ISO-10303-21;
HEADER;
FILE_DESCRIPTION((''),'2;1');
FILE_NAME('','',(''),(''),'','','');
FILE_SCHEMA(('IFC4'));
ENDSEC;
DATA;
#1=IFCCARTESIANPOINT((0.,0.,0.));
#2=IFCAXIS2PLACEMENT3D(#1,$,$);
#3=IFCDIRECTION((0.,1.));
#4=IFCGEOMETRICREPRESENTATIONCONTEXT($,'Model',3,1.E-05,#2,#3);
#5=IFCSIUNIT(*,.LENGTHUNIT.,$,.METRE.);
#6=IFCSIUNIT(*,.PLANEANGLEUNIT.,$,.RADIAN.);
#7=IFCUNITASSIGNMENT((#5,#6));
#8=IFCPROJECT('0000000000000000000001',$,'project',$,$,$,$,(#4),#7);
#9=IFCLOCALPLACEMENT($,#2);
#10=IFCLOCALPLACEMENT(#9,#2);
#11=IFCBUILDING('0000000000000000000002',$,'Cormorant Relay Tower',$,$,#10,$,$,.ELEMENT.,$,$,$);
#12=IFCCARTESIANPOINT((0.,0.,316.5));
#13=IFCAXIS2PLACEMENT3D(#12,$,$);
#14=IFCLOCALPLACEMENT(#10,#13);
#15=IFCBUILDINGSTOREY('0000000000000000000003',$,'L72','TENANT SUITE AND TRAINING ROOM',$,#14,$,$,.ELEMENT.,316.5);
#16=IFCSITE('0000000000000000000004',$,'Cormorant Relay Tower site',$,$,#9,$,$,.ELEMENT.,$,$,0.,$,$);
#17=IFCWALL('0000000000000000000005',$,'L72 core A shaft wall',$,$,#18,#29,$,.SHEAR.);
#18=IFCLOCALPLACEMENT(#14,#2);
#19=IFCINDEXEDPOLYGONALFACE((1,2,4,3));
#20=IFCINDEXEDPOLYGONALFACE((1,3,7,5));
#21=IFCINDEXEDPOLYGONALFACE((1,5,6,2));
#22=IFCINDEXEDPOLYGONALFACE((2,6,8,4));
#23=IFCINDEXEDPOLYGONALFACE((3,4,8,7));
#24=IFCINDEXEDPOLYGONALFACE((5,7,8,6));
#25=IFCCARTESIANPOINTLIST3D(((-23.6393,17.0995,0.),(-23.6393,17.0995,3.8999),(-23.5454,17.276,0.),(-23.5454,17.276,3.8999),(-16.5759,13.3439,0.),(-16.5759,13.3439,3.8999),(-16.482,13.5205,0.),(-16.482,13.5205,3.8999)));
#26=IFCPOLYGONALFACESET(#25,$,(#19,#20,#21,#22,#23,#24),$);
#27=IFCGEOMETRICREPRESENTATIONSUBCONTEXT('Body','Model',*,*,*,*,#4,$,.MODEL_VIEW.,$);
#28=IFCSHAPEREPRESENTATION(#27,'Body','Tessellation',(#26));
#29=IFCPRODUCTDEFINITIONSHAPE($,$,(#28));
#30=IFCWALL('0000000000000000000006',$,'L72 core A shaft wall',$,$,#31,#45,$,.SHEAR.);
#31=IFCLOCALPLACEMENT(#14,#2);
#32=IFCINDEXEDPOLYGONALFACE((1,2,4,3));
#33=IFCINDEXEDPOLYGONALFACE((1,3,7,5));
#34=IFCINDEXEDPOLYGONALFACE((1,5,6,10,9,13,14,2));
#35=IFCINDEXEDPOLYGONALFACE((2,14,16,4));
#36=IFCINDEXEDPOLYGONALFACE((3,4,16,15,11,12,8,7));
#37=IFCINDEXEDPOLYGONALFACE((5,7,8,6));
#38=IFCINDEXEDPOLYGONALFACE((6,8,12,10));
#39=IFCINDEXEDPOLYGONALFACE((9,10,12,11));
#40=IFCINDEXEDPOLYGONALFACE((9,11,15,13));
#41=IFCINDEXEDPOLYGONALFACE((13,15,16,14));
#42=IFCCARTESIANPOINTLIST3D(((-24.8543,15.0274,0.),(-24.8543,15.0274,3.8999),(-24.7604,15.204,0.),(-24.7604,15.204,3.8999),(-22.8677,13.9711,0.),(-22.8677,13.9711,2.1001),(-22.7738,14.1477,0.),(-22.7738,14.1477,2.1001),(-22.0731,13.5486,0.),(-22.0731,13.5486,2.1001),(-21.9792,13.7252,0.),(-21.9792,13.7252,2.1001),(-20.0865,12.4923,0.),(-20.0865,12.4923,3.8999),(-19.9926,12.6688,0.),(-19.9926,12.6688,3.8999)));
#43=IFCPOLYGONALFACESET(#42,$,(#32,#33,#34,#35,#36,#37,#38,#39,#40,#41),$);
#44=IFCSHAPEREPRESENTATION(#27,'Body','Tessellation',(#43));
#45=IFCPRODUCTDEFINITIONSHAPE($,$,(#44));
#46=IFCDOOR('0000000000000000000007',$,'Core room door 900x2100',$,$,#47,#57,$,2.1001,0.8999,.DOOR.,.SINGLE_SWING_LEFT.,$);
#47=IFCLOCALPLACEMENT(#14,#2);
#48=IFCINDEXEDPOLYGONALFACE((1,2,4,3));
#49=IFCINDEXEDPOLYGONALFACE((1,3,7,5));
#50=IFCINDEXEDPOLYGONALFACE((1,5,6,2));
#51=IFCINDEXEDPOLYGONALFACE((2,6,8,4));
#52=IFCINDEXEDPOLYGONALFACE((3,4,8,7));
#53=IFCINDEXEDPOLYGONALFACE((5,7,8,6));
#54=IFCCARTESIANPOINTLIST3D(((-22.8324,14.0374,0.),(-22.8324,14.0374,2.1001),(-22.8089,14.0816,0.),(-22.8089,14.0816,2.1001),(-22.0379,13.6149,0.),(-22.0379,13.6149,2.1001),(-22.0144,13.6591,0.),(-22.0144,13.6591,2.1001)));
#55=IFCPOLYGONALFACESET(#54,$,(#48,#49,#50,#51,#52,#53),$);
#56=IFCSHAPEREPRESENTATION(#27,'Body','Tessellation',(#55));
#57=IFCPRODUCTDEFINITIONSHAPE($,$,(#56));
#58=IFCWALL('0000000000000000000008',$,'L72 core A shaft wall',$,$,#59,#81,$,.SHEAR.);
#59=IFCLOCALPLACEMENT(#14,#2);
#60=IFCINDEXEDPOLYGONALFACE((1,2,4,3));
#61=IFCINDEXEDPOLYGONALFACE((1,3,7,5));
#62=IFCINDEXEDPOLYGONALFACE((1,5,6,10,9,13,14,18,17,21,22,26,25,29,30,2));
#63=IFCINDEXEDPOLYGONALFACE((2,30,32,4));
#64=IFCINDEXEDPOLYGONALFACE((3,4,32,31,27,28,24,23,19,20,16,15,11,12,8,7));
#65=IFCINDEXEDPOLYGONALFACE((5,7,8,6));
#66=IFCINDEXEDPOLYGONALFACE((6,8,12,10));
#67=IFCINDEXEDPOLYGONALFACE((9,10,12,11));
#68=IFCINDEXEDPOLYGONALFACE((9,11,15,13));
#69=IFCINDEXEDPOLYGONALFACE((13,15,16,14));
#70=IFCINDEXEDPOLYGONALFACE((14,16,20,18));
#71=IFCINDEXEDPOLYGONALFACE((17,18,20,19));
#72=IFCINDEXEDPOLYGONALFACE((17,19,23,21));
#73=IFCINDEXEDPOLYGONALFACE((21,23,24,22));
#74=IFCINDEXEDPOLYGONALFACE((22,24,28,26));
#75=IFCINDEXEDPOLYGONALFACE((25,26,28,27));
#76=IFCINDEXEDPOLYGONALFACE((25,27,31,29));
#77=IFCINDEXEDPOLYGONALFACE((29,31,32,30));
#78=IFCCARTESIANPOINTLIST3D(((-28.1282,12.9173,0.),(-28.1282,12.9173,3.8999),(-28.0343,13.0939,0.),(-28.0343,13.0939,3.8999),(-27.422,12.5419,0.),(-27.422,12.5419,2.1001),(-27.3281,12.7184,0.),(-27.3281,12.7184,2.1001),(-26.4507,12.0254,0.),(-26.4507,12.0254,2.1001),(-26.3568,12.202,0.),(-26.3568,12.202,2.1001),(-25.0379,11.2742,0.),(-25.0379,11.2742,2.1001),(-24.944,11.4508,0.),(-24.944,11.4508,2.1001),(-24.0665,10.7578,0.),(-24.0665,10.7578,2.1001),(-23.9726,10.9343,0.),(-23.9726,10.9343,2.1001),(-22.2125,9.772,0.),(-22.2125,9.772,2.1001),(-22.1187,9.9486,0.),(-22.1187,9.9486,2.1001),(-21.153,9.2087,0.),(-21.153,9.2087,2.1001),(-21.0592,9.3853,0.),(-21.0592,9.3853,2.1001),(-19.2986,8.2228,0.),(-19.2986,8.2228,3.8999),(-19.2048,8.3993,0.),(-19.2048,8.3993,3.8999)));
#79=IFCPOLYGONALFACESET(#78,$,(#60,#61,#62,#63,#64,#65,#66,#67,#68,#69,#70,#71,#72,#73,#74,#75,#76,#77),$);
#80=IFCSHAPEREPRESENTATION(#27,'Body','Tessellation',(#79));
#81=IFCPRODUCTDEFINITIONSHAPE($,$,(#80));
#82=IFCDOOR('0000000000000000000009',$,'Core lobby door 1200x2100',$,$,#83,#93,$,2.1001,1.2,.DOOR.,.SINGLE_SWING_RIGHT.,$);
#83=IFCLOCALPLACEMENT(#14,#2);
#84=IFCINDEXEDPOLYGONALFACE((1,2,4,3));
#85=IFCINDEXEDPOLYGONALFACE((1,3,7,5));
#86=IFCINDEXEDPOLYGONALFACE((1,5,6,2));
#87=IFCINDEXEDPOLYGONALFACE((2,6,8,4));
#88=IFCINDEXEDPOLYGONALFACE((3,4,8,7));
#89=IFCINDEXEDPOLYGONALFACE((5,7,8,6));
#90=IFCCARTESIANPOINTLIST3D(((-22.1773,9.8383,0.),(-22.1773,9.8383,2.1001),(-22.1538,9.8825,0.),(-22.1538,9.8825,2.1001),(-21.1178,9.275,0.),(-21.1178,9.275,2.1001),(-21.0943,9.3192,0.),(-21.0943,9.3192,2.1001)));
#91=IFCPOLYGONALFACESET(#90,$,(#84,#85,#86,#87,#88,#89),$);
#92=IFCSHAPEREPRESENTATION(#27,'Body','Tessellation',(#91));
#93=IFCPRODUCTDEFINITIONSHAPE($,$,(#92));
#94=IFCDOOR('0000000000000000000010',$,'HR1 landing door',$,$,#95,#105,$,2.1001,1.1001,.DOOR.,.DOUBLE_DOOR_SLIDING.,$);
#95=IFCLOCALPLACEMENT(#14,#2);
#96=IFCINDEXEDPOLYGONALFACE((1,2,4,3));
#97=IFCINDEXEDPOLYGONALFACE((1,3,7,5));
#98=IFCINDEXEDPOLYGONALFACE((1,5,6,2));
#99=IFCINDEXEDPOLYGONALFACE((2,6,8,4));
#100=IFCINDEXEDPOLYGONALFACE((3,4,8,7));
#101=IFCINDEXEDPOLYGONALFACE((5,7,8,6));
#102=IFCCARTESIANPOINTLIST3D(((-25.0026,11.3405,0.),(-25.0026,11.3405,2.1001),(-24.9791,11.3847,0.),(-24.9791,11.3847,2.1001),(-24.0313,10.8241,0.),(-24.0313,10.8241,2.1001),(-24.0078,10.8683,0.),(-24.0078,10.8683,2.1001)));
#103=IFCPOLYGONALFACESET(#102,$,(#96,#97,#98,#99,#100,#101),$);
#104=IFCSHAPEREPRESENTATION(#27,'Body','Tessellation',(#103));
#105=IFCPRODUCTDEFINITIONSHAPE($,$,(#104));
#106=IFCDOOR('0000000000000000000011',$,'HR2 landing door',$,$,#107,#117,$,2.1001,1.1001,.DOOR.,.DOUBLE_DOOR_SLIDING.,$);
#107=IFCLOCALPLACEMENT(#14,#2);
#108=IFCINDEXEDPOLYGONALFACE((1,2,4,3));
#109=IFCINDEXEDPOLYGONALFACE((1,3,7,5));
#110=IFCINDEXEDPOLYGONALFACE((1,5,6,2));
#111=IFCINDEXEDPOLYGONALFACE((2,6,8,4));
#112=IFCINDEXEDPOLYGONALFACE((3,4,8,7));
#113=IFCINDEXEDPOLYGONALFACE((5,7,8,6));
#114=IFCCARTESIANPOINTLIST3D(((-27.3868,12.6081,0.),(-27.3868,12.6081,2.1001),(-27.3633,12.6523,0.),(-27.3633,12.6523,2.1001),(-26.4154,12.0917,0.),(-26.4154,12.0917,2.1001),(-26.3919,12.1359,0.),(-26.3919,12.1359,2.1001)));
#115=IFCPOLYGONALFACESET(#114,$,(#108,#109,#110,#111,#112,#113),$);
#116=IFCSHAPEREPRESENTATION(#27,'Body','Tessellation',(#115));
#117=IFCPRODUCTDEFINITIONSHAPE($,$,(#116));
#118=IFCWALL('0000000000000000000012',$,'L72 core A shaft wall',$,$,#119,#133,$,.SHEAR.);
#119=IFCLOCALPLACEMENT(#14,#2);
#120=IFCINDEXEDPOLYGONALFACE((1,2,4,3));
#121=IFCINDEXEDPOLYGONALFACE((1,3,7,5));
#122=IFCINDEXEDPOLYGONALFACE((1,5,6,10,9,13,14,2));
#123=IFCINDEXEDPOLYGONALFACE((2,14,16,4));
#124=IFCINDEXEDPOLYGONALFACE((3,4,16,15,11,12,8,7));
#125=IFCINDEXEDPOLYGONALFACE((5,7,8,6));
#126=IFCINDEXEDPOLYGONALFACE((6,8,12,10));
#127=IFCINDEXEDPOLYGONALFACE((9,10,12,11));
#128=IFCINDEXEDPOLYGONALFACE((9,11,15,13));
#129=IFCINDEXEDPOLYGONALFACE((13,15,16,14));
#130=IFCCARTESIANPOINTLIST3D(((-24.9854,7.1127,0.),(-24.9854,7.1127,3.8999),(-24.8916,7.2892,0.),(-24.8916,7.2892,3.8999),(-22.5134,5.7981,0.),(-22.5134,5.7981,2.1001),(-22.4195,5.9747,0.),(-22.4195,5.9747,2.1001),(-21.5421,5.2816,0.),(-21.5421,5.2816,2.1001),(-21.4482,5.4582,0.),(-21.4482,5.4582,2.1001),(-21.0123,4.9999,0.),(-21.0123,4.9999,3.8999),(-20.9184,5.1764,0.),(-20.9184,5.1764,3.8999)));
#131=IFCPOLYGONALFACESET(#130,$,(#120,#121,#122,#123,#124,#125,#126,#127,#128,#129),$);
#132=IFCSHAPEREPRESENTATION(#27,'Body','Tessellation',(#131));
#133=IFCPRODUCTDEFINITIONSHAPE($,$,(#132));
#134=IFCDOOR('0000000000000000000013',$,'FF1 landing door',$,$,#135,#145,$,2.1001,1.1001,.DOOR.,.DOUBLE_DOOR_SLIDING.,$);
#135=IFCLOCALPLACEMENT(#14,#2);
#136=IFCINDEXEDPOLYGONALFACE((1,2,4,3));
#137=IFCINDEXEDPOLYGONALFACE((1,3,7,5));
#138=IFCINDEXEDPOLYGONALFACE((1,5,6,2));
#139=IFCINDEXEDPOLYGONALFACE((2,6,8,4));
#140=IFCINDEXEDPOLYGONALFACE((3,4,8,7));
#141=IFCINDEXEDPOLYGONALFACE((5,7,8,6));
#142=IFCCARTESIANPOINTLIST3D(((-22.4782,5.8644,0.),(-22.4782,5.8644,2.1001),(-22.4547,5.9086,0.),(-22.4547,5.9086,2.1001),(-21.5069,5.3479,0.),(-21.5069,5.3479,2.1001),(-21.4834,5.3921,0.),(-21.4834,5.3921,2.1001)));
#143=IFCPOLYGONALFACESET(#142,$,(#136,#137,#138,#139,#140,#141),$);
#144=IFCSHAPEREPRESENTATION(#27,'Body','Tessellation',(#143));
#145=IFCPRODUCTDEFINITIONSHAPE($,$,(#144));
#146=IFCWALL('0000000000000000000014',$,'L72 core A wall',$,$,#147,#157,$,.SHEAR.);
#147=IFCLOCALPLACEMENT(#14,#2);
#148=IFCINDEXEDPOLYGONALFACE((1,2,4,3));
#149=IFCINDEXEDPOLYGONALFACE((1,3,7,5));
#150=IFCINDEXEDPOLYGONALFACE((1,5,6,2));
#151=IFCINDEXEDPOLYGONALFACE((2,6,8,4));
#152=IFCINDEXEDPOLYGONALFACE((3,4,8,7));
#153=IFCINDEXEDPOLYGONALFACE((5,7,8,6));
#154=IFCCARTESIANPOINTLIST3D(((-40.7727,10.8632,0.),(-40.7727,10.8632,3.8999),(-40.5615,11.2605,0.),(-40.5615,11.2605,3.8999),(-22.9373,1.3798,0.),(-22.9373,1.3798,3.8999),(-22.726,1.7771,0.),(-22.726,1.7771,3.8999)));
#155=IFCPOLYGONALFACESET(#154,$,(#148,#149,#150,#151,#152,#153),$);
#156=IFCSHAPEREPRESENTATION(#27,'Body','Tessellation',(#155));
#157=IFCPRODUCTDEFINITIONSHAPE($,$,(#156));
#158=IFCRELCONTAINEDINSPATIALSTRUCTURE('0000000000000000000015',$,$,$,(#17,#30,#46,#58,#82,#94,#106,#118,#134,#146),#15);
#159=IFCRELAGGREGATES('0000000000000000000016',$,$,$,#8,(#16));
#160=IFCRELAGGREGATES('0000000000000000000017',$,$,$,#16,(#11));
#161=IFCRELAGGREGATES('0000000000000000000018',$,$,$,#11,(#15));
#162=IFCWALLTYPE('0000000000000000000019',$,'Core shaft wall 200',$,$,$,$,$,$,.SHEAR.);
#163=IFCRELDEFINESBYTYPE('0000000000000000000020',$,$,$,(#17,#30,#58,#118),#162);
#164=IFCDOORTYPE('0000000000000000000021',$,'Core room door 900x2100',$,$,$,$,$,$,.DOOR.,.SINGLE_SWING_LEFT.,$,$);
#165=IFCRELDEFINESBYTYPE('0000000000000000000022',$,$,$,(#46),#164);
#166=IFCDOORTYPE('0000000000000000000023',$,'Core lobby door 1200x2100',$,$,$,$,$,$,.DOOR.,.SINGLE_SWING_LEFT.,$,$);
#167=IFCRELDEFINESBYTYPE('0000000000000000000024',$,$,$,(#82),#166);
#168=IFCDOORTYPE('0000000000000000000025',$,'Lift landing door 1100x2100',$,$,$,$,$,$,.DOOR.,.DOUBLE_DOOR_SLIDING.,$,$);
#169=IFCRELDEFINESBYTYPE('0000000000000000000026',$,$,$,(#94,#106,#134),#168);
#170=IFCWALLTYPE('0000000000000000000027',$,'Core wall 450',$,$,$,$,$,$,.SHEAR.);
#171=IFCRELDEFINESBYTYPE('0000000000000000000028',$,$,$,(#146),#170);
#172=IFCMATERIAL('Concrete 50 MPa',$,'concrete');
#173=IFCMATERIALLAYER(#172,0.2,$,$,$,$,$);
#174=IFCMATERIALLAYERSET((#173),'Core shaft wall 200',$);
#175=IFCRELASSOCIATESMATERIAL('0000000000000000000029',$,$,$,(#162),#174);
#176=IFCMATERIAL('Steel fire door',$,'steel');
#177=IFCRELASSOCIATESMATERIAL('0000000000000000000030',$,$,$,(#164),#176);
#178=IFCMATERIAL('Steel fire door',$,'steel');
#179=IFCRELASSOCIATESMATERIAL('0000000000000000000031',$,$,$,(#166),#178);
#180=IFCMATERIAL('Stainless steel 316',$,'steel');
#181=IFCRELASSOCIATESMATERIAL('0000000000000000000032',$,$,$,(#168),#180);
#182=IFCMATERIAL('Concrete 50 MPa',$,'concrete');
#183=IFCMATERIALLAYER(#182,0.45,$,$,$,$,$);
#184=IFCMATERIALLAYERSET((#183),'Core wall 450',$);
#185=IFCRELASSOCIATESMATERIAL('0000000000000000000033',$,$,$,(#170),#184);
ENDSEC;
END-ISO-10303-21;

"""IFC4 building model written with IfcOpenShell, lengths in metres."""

from ifc_helpers import new_model, si_unit, direction, frame, frame_2d, origin, place, context, subcontext, project, spatial, rectangle, extrude, material, layer, layer_set, type_object, element, fill, save


model = new_model("IFC4")

# Units and contexts
model_context = context("Model", 3, precision=1e-05, world=origin(), true_north=direction((0.0, 1.0)))
body_context = subcontext(model_context, "Body", "Model", "MODEL_VIEW")
ifc_project = project(units=[si_unit("LENGTHUNIT", "METRE"), si_unit("PLANEANGLEUNIT", "RADIAN")], contexts=[model_context])

# Site, building, storey
site_placement = place(None, origin())
site = spatial("IfcSite", under=ifc_project, at=site_placement, Name="Cormorant Relay Tower site", CompositionType="ELEMENT", RefElevation=0.0)
building_placement = place(site_placement, origin())
building = spatial("IfcBuilding", under=site, at=building_placement, Name="Cormorant Relay Tower", CompositionType="ELEMENT")
storey_placement = place(building_placement, frame((0.0, 0.0, 316.5)))
storey = spatial("IfcBuildingStorey", under=building, at=storey_placement, Name="L72", Description="TENANT SUITE AND TRAINING ROOM", CompositionType="ELEMENT", Elevation=316.5)

# Wall
ifc_material_1 = material(Name="Concrete 50 MPa", Category="concrete")
ifc_layer_1 = layer(ifc_material_1, 0.2)
ifc_layer_set_1 = layer_set([ifc_layer_1], Name="Core shaft wall 200")
wall_type_1 = type_object("IfcWallType", Name="Core shaft wall 200", PredefinedType="SHEAR", material=ifc_layer_set_1)
wall_1_placement = place(storey_placement, frame((-16.5288, 13.4321, 0.0), z_axis=(0.0, 0.0, 1.0), x_axis=(-0.882953, 0.469462, 0.0)))
element("IfcWall", 1, at=wall_1_placement, inside=storey, type_object=wall_type_1, Name="L72 core A shaft wall", PredefinedType="SHEAR", context=body_context, shape_type="SweptSolid", body=[
    extrude(rectangle(XDim=7.9998, YDim=0.2, at=frame_2d((4.0, 0.0))), origin(), (0.0, 0.0, 1.0), 3.8999),
])

# Wall, opening, door
wall_2_placement = place(storey_placement, frame((-20.0396, 12.5806, 0.0), z_axis=(0.0, 0.0, 1.0), x_axis=(-0.882943, 0.46948, 0.0)))
wall_2 = element("IfcWall", 2, at=wall_2_placement, inside=storey, type_object=wall_type_1, Name="L72 core A shaft wall", PredefinedType="SHEAR", context=body_context, shape_type="SweptSolid", body=[
    extrude(rectangle(XDim=5.3999, YDim=0.2, at=frame_2d((2.7, 0.0))), origin(), (0.0, 0.0, 1.0), 3.8999),
])
opening_1_placement = place(wall_2_placement, frame((2.25, 0.0, 0.0)))
opening_1 = element("IfcOpeningElement", 3, at=opening_1_placement, cuts=wall_2, PredefinedType="OPENING", context=body_context, shape_type="SweptSolid", body=[
    extrude(rectangle(XDim=0.8999, YDim=2.1001, at=frame_2d((0.45, 1.05))), frame((0.0, 0.1099, 0.0), z_axis=(0.0, -1.0, 0.0), x_axis=(1.0, 0.0, 0.0)), (0.0, 0.0, 1.0), 0.22),
])
ifc_material_2 = material(Name="Steel fire door", Category="steel")
door_type_1 = type_object("IfcDoorType", Name="Core room door 900x2100", OperationType="SINGLE_SWING_LEFT", PredefinedType="DOOR", material=ifc_material_2)
door_1_placement = place(opening_1_placement, origin())
door_1 = element("IfcDoor", 4, at=door_1_placement, inside=storey, type_object=door_type_1, Name="Core room door 900x2100", OperationType="SINGLE_SWING_LEFT", OverallHeight=2.1001, OverallWidth=0.8999, PredefinedType="DOOR", context=body_context, shape_type="SweptSolid", body=[
    extrude(rectangle(XDim=0.8999, YDim=2.1001, at=frame_2d((0.45, 1.05))), frame((0.0, 0.0249, 0.0), z_axis=(0.0, -1.0, 0.0), x_axis=(1.0, 0.0, 0.0)), (0.0, 0.0, 1.0), 0.05),
])
fill(opening_1, door_1)

# Wall, openings, doors
wall_3_placement = place(storey_placement, frame((-19.2517, 8.311, 0.0), z_axis=(0.0, 0.0, 1.0), x_axis=(-0.882956, 0.469456, 0.0)))
wall_3 = element("IfcWall", 5, at=wall_3_placement, inside=storey, type_object=wall_type_1, Name="L72 core A shaft wall", PredefinedType="SHEAR", context=body_context, shape_type="SweptSolid", body=[
    extrude(rectangle(XDim=10.0, YDim=0.2, at=frame_2d((5.0, 0.0))), origin(), (0.0, 0.0, 1.0), 3.8999),
])
opening_2_placement = place(wall_3_placement, frame((2.1001, 0.0, 0.0)))
opening_2 = element("IfcOpeningElement", 6, at=opening_2_placement, cuts=wall_3, PredefinedType="OPENING", context=body_context, shape_type="SweptSolid", body=[
    extrude(rectangle(XDim=1.2, YDim=2.1001, at=frame_2d((0.6001, 1.05))), frame((0.0, 0.1099, 0.0), z_axis=(0.0, -1.0, 0.0), x_axis=(1.0, 0.0, 0.0)), (0.0, 0.0, 1.0), 0.22),
])
opening_3_placement = place(wall_3_placement, frame((5.3999, 0.0, 0.0)))
opening_3 = element("IfcOpeningElement", 7, at=opening_3_placement, cuts=wall_3, PredefinedType="OPENING", context=body_context, shape_type="SweptSolid", body=[
    extrude(rectangle(XDim=1.1001, YDim=2.1001, at=frame_2d((0.55, 1.05))), frame((0.0, 0.1099, 0.0), z_axis=(0.0, -1.0, 0.0), x_axis=(1.0, 0.0, 0.0)), (0.0, 0.0, 1.0), 0.22),
])
opening_4_placement = place(wall_3_placement, frame((8.1001, 0.0, 0.0)))
opening_4 = element("IfcOpeningElement", 8, at=opening_4_placement, cuts=wall_3, PredefinedType="OPENING", context=body_context, shape_type="SweptSolid", body=[
    extrude(rectangle(XDim=1.1001, YDim=2.1001, at=frame_2d((0.55, 1.05))), frame((0.0, 0.1099, 0.0), z_axis=(0.0, -1.0, 0.0), x_axis=(1.0, 0.0, 0.0)), (0.0, 0.0, 1.0), 0.22),
])
ifc_material_3 = material(Name="Steel fire door", Category="steel")
door_type_2 = type_object("IfcDoorType", Name="Core lobby door 1200x2100", OperationType="SINGLE_SWING_LEFT", PredefinedType="DOOR", material=ifc_material_3)
door_2_placement = place(opening_2_placement, origin())
door_2 = element("IfcDoor", 9, at=door_2_placement, inside=storey, type_object=door_type_2, Name="Core lobby door 1200x2100", OperationType="SINGLE_SWING_RIGHT", OverallHeight=2.1001, OverallWidth=1.2, PredefinedType="DOOR", context=body_context, shape_type="SweptSolid", body=[
    extrude(rectangle(XDim=1.2, YDim=2.1001, at=frame_2d((0.6001, 1.05))), frame((0.0, 0.0249, 0.0), z_axis=(0.0, -1.0, 0.0), x_axis=(1.0, 0.0, 0.0)), (0.0, 0.0, 1.0), 0.05),
])
fill(opening_2, door_2)
ifc_material_4 = material(Name="Stainless steel 316", Category="steel")
door_type_3 = type_object("IfcDoorType", Name="Lift landing door 1100x2100", OperationType="DOUBLE_DOOR_SLIDING", PredefinedType="DOOR", material=ifc_material_4)
door_3_placement = place(opening_3_placement, origin())
door_3 = element("IfcDoor", 10, at=door_3_placement, inside=storey, type_object=door_type_3, Name="HR1 landing door", OperationType="DOUBLE_DOOR_SLIDING", OverallHeight=2.1001, OverallWidth=1.1001, PredefinedType="DOOR", context=body_context, shape_type="SweptSolid", body=[
    extrude(rectangle(XDim=1.1001, YDim=2.1001, at=frame_2d((0.55, 1.05))), frame((0.0, 0.0249, 0.0), z_axis=(0.0, -1.0, 0.0), x_axis=(1.0, 0.0, 0.0)), (0.0, 0.0, 1.0), 0.05),
])
fill(opening_3, door_3)
door_4_placement = place(opening_4_placement, origin())
door_4 = element("IfcDoor", 11, at=door_4_placement, inside=storey, type_object=door_type_3, Name="HR2 landing door", OperationType="DOUBLE_DOOR_SLIDING", OverallHeight=2.1001, OverallWidth=1.1001, PredefinedType="DOOR", context=body_context, shape_type="SweptSolid", body=[
    extrude(rectangle(XDim=1.1001, YDim=2.1001, at=frame_2d((0.55, 1.05))), frame((0.0, 0.0249, 0.0), z_axis=(0.0, -1.0, 0.0), x_axis=(1.0, 0.0, 0.0)), (0.0, 0.0, 1.0), 0.05),
])
fill(opening_4, door_4)

# Wall, opening, door
wall_4_placement = place(storey_placement, frame((-20.9653, 5.0881, 0.0), z_axis=(0.0, 0.0, 1.0), x_axis=(-0.882926, 0.469512, 0.0)))
wall_4 = element("IfcWall", 12, at=wall_4_placement, inside=storey, type_object=wall_type_1, Name="L72 core A shaft wall", PredefinedType="SHEAR", context=body_context, shape_type="SweptSolid", body=[
    extrude(rectangle(XDim=4.5, YDim=0.2, at=frame_2d((2.25, 0.0))), origin(), (0.0, 0.0, 1.0), 3.8999),
])
opening_5_placement = place(wall_4_placement, frame((0.6001, 0.0, 0.0)))
opening_5 = element("IfcOpeningElement", 13, at=opening_5_placement, cuts=wall_4, PredefinedType="OPENING", context=body_context, shape_type="SweptSolid", body=[
    extrude(rectangle(XDim=1.1001, YDim=2.1001, at=frame_2d((0.55, 1.05))), frame((0.0, 0.1099, 0.0), z_axis=(0.0, -1.0, 0.0), x_axis=(1.0, 0.0, 0.0)), (0.0, 0.0, 1.0), 0.22),
])
door_5_placement = place(opening_5_placement, origin())
door_5 = element("IfcDoor", 14, at=door_5_placement, inside=storey, type_object=door_type_3, Name="FF1 landing door", OperationType="DOUBLE_DOOR_SLIDING", OverallHeight=2.1001, OverallWidth=1.1001, PredefinedType="DOOR", context=body_context, shape_type="SweptSolid", body=[
    extrude(rectangle(XDim=1.1001, YDim=2.1001, at=frame_2d((0.55, 1.05))), frame((0.0, 0.0249, 0.0), z_axis=(0.0, -1.0, 0.0), x_axis=(1.0, 0.0, 0.0)), (0.0, 0.0, 1.0), 0.05),
])
fill(opening_5, door_5)

# Wall
ifc_material_5 = material(Name="Concrete 50 MPa", Category="concrete")
ifc_layer_2 = layer(ifc_material_5, 0.45)
ifc_layer_set_2 = layer_set([ifc_layer_2], Name="Core wall 450")
wall_type_2 = type_object("IfcWallType", Name="Core wall 450", PredefinedType="SHEAR", material=ifc_layer_set_2)
wall_5_placement = place(storey_placement, frame((-22.8315, 1.5784, 0.0), z_axis=(0.0, 0.0, 1.0), x_axis=(-0.882945, 0.469476, 0.0)))
element("IfcWall", 15, at=wall_5_placement, inside=storey, type_object=wall_type_2, Name="L72 core A wall", PredefinedType="SHEAR", context=body_context, shape_type="SweptSolid", body=[
    extrude(rectangle(XDim=20.2, YDim=0.45, at=frame_2d((10.1001, 0.0))), origin(), (0.0, 0.0, 1.0), 3.8999),
])

save(model, "model.ifc")
